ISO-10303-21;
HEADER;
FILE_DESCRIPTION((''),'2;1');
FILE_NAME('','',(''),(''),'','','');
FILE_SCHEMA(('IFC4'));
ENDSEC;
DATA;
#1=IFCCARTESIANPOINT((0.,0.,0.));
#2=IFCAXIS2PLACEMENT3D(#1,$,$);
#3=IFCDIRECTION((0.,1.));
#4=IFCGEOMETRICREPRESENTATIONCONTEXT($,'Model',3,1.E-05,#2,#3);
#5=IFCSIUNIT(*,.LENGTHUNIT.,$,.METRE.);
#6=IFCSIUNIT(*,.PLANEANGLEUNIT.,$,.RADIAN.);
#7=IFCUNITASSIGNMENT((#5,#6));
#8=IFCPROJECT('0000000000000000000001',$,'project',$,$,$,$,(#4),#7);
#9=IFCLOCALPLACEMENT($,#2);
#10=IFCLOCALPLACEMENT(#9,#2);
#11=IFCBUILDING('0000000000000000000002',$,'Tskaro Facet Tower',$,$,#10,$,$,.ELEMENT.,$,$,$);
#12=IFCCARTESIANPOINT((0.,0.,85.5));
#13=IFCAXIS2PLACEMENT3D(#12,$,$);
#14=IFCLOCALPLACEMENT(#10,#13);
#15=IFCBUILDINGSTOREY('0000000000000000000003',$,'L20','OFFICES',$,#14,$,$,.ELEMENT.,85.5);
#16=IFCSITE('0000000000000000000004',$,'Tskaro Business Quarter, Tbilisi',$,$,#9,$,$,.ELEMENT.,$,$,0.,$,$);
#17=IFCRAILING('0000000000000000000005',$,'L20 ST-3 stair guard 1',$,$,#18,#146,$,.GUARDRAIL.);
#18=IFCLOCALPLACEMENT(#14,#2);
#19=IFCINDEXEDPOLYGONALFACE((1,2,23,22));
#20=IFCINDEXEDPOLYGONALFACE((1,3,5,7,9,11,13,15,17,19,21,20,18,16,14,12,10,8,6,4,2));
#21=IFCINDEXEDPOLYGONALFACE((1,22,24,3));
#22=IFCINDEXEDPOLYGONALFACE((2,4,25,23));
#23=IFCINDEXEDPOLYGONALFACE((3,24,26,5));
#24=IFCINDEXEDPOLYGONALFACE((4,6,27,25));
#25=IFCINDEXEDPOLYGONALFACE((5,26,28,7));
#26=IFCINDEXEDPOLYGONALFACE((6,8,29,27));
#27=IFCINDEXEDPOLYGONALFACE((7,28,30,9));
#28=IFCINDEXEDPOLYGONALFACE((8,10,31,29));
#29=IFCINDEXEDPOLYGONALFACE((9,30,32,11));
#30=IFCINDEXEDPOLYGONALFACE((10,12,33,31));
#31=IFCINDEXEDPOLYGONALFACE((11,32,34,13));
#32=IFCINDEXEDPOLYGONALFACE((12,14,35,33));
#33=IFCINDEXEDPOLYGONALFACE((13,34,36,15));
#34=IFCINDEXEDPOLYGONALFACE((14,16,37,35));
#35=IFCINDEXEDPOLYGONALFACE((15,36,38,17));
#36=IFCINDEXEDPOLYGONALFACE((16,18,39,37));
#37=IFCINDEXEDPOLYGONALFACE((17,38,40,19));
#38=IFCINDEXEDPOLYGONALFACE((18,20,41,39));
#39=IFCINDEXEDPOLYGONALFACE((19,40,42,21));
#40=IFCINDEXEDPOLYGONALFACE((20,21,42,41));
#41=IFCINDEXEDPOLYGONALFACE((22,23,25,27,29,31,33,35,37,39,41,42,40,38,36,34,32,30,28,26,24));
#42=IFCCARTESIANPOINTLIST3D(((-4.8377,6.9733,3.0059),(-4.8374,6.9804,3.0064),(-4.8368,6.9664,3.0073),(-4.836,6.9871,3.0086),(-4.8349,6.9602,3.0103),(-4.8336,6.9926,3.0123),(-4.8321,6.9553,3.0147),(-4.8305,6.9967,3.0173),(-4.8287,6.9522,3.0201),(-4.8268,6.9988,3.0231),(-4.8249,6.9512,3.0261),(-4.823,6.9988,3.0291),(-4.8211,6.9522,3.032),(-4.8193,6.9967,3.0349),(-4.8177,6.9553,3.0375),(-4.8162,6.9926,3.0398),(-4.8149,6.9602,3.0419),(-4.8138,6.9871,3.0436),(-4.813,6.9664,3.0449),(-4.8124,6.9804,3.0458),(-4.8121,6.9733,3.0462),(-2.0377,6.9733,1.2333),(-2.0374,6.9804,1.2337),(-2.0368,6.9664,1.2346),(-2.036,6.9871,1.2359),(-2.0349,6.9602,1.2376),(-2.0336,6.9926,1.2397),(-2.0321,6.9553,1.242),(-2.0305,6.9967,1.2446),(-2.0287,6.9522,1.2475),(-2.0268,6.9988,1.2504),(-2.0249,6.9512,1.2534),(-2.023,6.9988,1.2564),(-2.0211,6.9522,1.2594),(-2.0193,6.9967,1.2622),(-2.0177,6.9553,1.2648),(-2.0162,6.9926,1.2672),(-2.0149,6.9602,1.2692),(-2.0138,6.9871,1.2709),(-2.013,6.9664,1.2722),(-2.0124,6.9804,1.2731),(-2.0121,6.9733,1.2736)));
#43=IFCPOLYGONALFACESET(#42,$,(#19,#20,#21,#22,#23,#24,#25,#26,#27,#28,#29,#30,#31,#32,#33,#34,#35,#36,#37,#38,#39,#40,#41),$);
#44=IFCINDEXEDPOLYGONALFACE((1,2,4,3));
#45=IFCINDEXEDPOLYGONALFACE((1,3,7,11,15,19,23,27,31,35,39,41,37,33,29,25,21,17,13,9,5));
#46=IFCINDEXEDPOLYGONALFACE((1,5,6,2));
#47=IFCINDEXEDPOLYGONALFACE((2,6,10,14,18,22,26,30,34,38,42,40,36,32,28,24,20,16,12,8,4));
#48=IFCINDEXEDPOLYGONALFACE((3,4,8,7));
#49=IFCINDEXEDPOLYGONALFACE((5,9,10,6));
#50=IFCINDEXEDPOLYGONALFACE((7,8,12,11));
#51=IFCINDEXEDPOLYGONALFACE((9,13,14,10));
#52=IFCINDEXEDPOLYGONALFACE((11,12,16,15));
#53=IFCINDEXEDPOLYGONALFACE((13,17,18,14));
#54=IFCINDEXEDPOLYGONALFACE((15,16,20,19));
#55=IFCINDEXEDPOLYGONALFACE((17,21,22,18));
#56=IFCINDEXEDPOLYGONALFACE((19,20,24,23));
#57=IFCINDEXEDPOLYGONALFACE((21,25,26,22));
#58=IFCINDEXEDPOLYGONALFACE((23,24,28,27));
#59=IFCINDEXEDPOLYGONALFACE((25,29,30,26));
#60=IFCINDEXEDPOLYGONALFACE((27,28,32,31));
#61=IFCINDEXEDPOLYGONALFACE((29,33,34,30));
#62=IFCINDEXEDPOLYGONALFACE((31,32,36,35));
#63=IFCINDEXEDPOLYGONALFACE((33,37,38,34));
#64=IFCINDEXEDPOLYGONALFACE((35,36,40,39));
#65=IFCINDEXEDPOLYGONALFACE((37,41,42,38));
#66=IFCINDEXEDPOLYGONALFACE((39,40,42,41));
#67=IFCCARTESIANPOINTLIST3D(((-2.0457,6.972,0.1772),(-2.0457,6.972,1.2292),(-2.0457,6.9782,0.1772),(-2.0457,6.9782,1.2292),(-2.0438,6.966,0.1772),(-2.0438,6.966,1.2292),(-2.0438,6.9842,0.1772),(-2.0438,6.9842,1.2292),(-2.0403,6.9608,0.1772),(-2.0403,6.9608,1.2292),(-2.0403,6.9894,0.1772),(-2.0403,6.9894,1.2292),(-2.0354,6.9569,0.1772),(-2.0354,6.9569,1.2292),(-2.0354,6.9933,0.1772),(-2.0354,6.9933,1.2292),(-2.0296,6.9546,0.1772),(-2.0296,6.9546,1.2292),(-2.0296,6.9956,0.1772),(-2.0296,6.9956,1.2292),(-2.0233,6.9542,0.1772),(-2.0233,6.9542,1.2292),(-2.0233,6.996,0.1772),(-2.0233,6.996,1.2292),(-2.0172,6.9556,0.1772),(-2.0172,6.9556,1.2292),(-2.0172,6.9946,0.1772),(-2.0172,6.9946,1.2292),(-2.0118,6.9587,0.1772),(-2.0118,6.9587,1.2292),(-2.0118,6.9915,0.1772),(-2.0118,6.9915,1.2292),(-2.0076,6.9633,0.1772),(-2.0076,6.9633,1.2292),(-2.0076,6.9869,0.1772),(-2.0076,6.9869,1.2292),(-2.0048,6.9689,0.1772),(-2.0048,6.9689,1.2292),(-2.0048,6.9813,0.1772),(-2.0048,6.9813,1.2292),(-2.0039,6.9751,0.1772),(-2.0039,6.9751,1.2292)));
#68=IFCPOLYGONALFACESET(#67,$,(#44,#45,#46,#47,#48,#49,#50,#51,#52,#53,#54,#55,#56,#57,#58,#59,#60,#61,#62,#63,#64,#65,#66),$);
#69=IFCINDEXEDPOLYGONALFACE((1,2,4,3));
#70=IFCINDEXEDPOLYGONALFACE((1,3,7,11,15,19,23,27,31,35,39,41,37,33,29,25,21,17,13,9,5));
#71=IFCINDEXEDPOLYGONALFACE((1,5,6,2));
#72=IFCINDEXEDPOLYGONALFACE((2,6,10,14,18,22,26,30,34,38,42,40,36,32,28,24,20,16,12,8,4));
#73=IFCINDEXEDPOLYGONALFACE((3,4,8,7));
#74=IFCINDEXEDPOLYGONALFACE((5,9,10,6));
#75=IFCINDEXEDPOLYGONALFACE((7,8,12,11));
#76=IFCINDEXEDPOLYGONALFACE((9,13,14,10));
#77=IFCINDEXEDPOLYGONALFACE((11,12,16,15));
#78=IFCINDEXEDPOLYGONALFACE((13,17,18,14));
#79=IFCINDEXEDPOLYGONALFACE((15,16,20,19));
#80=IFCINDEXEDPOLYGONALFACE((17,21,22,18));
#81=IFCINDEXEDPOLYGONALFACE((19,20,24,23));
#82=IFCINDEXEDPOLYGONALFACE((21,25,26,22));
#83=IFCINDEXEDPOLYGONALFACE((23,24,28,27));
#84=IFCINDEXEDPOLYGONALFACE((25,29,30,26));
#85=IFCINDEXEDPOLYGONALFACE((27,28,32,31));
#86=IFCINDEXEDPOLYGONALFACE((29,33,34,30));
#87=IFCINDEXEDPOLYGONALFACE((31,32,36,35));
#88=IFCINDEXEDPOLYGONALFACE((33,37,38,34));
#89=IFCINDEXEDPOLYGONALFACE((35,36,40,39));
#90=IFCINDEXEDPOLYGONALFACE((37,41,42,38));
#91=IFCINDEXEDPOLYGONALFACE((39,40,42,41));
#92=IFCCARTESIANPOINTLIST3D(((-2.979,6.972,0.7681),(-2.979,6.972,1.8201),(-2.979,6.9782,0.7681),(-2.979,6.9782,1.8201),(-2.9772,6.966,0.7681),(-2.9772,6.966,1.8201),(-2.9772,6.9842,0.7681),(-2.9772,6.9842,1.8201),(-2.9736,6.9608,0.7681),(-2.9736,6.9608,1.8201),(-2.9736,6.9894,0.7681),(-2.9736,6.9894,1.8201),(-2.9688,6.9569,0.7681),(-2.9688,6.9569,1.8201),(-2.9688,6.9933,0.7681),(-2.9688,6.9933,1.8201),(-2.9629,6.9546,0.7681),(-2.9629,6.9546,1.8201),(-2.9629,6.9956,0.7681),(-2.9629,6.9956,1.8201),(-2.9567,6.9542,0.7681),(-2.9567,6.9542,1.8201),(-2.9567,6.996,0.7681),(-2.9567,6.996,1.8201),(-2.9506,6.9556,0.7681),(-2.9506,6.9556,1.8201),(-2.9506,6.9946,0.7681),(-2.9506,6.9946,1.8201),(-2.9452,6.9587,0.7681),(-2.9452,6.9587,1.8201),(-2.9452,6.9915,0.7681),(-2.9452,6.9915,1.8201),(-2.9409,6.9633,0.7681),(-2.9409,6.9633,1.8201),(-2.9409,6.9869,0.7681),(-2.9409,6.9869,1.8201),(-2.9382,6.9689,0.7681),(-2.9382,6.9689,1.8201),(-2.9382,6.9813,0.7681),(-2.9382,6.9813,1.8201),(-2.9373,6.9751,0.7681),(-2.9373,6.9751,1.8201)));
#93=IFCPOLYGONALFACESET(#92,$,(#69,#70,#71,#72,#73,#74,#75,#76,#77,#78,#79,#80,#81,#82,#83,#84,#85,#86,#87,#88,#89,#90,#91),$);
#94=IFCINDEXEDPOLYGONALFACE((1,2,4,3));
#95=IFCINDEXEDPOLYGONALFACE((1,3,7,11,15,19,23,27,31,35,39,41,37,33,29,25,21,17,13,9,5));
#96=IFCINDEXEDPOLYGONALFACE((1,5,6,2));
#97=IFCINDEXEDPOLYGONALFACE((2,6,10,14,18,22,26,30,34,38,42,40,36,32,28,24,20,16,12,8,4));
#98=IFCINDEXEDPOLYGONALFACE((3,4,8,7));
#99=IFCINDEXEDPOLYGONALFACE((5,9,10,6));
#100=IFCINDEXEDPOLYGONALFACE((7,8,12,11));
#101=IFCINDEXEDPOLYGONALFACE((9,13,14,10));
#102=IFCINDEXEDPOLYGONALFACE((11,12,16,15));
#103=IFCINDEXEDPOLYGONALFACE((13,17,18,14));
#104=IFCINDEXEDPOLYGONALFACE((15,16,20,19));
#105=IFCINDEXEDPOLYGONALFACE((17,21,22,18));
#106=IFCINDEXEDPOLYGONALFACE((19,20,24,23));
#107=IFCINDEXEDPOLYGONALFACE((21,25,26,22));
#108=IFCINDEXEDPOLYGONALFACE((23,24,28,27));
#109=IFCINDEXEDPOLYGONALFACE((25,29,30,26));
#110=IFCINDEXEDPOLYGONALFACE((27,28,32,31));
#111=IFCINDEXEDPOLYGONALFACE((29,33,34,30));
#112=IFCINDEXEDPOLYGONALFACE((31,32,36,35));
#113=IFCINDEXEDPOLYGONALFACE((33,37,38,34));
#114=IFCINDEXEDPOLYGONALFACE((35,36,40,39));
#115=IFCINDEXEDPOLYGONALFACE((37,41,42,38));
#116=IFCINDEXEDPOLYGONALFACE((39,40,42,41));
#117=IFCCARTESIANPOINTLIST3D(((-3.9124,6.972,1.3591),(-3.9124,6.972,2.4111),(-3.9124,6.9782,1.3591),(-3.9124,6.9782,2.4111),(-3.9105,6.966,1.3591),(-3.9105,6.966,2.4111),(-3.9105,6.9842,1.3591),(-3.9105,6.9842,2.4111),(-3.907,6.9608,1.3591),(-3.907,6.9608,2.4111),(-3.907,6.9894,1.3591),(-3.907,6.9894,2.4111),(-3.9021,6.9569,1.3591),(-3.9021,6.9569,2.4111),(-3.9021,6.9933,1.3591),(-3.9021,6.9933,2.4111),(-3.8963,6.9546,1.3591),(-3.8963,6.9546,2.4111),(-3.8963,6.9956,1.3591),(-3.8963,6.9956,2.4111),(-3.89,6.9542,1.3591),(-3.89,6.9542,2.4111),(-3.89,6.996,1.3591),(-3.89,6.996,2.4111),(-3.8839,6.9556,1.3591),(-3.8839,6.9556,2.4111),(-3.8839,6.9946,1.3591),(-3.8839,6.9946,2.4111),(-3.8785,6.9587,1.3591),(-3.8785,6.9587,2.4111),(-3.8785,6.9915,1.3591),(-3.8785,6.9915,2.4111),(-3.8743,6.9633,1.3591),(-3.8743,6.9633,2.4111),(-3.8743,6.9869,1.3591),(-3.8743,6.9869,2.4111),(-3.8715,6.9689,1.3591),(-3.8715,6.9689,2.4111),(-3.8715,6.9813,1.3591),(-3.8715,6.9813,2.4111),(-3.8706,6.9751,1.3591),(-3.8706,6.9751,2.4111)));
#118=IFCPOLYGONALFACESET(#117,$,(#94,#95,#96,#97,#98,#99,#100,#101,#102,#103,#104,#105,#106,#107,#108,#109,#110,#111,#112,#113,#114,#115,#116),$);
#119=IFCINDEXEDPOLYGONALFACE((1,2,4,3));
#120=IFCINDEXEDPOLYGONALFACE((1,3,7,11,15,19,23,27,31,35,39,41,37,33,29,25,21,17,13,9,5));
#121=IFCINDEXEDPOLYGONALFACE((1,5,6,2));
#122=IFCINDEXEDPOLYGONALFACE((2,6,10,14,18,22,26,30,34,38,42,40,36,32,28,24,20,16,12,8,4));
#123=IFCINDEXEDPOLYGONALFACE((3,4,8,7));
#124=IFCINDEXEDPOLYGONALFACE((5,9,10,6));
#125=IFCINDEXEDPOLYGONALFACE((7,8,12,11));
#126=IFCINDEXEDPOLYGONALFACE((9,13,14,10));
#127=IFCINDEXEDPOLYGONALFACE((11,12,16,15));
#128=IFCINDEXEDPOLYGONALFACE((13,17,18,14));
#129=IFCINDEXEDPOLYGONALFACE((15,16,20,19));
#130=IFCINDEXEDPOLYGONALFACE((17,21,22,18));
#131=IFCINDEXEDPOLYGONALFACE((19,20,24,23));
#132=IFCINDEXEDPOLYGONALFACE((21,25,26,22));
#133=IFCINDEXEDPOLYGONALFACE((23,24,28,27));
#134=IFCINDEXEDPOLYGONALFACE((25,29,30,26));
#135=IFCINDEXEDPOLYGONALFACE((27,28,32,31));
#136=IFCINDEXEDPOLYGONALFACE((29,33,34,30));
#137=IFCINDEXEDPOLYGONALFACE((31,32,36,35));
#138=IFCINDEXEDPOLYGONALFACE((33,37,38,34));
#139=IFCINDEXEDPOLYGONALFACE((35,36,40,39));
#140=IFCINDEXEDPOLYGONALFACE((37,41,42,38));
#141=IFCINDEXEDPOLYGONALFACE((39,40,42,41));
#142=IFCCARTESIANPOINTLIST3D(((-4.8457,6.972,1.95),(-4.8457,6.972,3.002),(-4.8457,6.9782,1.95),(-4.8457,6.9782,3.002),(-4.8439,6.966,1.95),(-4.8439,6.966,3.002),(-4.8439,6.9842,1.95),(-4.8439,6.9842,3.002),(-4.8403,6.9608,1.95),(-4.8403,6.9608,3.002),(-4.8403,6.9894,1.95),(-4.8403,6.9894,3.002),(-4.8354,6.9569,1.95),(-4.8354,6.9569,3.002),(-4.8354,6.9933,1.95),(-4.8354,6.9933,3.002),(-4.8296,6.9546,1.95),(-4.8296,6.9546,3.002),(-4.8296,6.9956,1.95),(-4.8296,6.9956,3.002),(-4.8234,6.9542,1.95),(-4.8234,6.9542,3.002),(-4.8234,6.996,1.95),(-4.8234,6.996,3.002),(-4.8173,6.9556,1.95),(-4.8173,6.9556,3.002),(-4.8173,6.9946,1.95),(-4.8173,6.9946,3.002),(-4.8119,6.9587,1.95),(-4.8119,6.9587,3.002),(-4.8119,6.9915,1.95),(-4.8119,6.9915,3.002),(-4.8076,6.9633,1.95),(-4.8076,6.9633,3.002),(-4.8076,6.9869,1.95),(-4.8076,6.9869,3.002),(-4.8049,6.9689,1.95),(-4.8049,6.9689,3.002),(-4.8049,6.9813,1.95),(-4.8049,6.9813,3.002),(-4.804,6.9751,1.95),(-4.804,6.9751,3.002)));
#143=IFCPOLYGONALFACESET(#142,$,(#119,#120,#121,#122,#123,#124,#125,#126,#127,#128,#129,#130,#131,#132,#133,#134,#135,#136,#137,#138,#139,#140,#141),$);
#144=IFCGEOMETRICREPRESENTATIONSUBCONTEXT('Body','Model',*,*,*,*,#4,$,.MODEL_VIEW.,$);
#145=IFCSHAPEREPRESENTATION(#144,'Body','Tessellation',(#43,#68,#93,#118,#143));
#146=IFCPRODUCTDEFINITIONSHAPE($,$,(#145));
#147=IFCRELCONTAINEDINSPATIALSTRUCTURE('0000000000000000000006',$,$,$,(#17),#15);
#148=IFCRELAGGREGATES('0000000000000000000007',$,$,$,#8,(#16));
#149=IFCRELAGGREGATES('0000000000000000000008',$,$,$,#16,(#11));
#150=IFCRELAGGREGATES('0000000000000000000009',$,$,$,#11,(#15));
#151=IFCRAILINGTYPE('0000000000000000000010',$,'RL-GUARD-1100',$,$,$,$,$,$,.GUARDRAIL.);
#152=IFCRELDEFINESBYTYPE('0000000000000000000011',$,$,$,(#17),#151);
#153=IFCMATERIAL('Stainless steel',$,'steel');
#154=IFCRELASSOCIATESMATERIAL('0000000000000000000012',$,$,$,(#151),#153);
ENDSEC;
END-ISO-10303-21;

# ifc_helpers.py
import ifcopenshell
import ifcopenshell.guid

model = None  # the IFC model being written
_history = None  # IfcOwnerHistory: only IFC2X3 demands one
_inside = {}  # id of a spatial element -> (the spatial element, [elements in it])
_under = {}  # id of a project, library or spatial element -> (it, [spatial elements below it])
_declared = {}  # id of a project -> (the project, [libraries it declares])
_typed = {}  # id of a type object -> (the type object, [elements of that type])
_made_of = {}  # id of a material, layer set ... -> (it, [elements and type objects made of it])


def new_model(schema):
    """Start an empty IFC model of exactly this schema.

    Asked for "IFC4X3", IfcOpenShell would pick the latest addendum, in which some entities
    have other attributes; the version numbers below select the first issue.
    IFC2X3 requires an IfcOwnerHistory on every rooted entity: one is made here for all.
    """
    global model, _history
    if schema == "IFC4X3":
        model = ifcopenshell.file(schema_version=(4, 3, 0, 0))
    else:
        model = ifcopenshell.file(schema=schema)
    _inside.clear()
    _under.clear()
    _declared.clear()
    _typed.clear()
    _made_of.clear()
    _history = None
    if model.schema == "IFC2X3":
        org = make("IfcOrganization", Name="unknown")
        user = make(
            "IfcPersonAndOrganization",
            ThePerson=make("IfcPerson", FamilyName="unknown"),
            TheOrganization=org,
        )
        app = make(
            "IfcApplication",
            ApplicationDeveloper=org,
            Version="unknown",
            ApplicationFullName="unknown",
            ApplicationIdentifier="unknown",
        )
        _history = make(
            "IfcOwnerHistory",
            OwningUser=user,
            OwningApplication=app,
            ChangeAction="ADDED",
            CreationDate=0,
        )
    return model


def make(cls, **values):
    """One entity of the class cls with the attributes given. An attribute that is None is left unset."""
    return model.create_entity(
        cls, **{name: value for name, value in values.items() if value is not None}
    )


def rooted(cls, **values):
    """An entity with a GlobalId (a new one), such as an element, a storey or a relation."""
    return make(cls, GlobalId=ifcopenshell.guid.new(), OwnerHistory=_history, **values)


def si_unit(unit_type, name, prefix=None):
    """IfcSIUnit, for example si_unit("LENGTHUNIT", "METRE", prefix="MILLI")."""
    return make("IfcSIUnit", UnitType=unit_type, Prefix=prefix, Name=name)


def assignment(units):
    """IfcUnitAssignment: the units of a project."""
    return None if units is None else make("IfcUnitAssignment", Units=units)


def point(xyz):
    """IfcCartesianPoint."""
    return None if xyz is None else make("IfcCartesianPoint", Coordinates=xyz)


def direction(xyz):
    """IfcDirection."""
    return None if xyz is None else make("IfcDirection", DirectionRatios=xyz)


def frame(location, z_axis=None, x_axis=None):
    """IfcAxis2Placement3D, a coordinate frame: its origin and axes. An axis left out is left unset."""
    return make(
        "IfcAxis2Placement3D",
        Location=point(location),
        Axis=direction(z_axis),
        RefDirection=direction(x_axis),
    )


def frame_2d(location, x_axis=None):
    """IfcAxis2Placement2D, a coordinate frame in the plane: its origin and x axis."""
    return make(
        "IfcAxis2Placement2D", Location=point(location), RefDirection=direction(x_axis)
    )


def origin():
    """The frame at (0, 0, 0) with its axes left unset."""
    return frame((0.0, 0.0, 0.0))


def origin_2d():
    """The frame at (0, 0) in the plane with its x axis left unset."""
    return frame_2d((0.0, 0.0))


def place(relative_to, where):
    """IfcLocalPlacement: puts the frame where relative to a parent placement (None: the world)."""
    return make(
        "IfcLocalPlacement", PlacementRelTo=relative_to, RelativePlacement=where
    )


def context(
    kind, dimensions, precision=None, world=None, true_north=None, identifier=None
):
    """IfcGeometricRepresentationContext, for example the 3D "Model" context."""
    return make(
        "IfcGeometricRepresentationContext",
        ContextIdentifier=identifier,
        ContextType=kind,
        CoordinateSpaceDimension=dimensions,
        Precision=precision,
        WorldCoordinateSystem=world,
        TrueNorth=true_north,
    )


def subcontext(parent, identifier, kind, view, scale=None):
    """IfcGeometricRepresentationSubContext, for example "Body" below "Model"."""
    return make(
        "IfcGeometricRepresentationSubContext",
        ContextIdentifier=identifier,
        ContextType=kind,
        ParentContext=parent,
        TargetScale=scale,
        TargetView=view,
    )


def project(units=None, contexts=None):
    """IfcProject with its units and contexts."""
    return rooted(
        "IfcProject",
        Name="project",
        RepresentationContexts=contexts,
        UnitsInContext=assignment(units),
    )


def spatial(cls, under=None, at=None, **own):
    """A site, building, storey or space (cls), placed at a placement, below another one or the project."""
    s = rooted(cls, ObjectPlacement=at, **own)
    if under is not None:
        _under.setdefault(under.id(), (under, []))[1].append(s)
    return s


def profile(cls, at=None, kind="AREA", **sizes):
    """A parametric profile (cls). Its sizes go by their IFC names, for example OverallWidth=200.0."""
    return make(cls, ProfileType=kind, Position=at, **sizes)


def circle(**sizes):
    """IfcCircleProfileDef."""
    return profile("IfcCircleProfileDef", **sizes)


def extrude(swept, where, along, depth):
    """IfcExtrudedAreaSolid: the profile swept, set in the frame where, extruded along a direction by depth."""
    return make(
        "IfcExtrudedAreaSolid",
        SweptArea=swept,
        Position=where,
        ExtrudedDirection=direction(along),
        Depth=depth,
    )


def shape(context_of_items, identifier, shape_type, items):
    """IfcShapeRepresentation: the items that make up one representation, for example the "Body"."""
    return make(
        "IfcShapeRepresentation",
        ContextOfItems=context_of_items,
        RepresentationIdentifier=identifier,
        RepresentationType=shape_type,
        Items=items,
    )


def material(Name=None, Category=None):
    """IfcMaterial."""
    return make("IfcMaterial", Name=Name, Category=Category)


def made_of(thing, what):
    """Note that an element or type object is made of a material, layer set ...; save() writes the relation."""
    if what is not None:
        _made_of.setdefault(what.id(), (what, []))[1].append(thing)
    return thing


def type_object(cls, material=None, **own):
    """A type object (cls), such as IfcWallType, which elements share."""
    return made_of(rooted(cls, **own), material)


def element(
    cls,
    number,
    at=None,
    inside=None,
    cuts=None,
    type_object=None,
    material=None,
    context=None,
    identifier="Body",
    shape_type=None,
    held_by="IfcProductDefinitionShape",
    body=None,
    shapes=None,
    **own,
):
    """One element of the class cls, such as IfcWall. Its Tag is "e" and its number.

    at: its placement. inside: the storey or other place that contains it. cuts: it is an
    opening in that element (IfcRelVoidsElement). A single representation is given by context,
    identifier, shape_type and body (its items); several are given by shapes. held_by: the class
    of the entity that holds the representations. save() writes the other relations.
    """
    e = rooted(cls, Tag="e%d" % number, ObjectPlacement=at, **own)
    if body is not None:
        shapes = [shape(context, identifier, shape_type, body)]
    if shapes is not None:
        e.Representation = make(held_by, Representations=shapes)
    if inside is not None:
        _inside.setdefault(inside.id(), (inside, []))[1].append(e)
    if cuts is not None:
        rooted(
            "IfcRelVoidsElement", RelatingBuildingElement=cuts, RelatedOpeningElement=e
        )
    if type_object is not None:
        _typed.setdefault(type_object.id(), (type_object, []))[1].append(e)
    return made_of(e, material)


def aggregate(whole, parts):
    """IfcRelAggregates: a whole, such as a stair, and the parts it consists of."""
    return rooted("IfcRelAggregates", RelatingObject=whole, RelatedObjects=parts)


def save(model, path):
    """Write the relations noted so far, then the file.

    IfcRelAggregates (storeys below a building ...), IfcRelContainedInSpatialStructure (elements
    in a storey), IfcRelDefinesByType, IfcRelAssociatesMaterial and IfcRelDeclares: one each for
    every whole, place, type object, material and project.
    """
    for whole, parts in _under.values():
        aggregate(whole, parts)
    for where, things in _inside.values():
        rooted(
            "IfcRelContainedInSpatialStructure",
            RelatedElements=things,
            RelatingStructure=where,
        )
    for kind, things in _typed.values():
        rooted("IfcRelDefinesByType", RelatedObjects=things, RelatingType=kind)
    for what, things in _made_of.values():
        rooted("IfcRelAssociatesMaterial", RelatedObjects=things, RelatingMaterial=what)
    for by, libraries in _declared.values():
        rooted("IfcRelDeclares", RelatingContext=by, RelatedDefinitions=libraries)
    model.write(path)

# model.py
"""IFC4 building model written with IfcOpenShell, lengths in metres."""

from ifc_helpers import new_model, si_unit, direction, frame, origin, origin_2d, place, context, subcontext, project, spatial, circle, extrude, material, type_object, element, save


model = new_model("IFC4")

# Units and contexts
model_context = context("Model", 3, precision=1e-05, world=origin(), true_north=direction((0.0, 1.0)))
body_context = subcontext(model_context, "Body", "Model", "MODEL_VIEW")
ifc_project = project(units=[si_unit("LENGTHUNIT", "METRE"), si_unit("PLANEANGLEUNIT", "RADIAN")], contexts=[model_context])

# Site, building, storey
site_placement = place(None, origin())
site = spatial("IfcSite", under=ifc_project, at=site_placement, Name="Tskaro Business Quarter, Tbilisi", CompositionType="ELEMENT", RefElevation=0.0)
building_placement = place(site_placement, origin())
building = spatial("IfcBuilding", under=site, at=building_placement, Name="Tskaro Facet Tower", CompositionType="ELEMENT")
storey_placement = place(building_placement, frame((0.0, 0.0, 85.5)))
storey = spatial("IfcBuildingStorey", under=building, at=storey_placement, Name="L20", Description="OFFICES", CompositionType="ELEMENT", Elevation=85.5)

# Railing
ifc_material_1 = material(Name="Stainless steel", Category="steel")
railing_type_1 = type_object("IfcRailingType", Name="RL-GUARD-1100", PredefinedType="GUARDRAIL", material=ifc_material_1)
railing_1_placement = place(storey_placement, frame((-2.0249, 6.9751, 0.1772)))
element("IfcRailing", 1, at=railing_1_placement, inside=storey, type_object=railing_type_1, Name="L20 ST-3 stair guard 1", PredefinedType="GUARDRAIL", context=body_context, shape_type="SweptSolid", body=[
    extrude(circle(Radius=0.0239, at=origin_2d()), frame((0.0, 0.0, 1.0762), z_axis=(-0.844909, 0.0, 0.53491), x_axis=(0.0, -1.0, 0.0)), (0.0, 0.0, 1.0), 3.314),
    extrude(circle(Radius=0.021, at=origin_2d()), origin(), (0.0, 0.0, 1.0), 1.052),
    extrude(circle(Radius=0.021, at=origin_2d()), frame((-0.9333, 0.0, 0.5908)), (0.0, 0.0, 1.0), 1.052),
    extrude(circle(Radius=0.021, at=origin_2d()), frame((-1.8667, 0.0, 1.1819)), (0.0, 0.0, 1.0), 1.052),
    extrude(circle(Radius=0.021, at=origin_2d()), frame((-2.8, 0.0, 1.7727)), (0.0, 0.0, 1.0), 1.052),
])

save(model, "model.ifc")
